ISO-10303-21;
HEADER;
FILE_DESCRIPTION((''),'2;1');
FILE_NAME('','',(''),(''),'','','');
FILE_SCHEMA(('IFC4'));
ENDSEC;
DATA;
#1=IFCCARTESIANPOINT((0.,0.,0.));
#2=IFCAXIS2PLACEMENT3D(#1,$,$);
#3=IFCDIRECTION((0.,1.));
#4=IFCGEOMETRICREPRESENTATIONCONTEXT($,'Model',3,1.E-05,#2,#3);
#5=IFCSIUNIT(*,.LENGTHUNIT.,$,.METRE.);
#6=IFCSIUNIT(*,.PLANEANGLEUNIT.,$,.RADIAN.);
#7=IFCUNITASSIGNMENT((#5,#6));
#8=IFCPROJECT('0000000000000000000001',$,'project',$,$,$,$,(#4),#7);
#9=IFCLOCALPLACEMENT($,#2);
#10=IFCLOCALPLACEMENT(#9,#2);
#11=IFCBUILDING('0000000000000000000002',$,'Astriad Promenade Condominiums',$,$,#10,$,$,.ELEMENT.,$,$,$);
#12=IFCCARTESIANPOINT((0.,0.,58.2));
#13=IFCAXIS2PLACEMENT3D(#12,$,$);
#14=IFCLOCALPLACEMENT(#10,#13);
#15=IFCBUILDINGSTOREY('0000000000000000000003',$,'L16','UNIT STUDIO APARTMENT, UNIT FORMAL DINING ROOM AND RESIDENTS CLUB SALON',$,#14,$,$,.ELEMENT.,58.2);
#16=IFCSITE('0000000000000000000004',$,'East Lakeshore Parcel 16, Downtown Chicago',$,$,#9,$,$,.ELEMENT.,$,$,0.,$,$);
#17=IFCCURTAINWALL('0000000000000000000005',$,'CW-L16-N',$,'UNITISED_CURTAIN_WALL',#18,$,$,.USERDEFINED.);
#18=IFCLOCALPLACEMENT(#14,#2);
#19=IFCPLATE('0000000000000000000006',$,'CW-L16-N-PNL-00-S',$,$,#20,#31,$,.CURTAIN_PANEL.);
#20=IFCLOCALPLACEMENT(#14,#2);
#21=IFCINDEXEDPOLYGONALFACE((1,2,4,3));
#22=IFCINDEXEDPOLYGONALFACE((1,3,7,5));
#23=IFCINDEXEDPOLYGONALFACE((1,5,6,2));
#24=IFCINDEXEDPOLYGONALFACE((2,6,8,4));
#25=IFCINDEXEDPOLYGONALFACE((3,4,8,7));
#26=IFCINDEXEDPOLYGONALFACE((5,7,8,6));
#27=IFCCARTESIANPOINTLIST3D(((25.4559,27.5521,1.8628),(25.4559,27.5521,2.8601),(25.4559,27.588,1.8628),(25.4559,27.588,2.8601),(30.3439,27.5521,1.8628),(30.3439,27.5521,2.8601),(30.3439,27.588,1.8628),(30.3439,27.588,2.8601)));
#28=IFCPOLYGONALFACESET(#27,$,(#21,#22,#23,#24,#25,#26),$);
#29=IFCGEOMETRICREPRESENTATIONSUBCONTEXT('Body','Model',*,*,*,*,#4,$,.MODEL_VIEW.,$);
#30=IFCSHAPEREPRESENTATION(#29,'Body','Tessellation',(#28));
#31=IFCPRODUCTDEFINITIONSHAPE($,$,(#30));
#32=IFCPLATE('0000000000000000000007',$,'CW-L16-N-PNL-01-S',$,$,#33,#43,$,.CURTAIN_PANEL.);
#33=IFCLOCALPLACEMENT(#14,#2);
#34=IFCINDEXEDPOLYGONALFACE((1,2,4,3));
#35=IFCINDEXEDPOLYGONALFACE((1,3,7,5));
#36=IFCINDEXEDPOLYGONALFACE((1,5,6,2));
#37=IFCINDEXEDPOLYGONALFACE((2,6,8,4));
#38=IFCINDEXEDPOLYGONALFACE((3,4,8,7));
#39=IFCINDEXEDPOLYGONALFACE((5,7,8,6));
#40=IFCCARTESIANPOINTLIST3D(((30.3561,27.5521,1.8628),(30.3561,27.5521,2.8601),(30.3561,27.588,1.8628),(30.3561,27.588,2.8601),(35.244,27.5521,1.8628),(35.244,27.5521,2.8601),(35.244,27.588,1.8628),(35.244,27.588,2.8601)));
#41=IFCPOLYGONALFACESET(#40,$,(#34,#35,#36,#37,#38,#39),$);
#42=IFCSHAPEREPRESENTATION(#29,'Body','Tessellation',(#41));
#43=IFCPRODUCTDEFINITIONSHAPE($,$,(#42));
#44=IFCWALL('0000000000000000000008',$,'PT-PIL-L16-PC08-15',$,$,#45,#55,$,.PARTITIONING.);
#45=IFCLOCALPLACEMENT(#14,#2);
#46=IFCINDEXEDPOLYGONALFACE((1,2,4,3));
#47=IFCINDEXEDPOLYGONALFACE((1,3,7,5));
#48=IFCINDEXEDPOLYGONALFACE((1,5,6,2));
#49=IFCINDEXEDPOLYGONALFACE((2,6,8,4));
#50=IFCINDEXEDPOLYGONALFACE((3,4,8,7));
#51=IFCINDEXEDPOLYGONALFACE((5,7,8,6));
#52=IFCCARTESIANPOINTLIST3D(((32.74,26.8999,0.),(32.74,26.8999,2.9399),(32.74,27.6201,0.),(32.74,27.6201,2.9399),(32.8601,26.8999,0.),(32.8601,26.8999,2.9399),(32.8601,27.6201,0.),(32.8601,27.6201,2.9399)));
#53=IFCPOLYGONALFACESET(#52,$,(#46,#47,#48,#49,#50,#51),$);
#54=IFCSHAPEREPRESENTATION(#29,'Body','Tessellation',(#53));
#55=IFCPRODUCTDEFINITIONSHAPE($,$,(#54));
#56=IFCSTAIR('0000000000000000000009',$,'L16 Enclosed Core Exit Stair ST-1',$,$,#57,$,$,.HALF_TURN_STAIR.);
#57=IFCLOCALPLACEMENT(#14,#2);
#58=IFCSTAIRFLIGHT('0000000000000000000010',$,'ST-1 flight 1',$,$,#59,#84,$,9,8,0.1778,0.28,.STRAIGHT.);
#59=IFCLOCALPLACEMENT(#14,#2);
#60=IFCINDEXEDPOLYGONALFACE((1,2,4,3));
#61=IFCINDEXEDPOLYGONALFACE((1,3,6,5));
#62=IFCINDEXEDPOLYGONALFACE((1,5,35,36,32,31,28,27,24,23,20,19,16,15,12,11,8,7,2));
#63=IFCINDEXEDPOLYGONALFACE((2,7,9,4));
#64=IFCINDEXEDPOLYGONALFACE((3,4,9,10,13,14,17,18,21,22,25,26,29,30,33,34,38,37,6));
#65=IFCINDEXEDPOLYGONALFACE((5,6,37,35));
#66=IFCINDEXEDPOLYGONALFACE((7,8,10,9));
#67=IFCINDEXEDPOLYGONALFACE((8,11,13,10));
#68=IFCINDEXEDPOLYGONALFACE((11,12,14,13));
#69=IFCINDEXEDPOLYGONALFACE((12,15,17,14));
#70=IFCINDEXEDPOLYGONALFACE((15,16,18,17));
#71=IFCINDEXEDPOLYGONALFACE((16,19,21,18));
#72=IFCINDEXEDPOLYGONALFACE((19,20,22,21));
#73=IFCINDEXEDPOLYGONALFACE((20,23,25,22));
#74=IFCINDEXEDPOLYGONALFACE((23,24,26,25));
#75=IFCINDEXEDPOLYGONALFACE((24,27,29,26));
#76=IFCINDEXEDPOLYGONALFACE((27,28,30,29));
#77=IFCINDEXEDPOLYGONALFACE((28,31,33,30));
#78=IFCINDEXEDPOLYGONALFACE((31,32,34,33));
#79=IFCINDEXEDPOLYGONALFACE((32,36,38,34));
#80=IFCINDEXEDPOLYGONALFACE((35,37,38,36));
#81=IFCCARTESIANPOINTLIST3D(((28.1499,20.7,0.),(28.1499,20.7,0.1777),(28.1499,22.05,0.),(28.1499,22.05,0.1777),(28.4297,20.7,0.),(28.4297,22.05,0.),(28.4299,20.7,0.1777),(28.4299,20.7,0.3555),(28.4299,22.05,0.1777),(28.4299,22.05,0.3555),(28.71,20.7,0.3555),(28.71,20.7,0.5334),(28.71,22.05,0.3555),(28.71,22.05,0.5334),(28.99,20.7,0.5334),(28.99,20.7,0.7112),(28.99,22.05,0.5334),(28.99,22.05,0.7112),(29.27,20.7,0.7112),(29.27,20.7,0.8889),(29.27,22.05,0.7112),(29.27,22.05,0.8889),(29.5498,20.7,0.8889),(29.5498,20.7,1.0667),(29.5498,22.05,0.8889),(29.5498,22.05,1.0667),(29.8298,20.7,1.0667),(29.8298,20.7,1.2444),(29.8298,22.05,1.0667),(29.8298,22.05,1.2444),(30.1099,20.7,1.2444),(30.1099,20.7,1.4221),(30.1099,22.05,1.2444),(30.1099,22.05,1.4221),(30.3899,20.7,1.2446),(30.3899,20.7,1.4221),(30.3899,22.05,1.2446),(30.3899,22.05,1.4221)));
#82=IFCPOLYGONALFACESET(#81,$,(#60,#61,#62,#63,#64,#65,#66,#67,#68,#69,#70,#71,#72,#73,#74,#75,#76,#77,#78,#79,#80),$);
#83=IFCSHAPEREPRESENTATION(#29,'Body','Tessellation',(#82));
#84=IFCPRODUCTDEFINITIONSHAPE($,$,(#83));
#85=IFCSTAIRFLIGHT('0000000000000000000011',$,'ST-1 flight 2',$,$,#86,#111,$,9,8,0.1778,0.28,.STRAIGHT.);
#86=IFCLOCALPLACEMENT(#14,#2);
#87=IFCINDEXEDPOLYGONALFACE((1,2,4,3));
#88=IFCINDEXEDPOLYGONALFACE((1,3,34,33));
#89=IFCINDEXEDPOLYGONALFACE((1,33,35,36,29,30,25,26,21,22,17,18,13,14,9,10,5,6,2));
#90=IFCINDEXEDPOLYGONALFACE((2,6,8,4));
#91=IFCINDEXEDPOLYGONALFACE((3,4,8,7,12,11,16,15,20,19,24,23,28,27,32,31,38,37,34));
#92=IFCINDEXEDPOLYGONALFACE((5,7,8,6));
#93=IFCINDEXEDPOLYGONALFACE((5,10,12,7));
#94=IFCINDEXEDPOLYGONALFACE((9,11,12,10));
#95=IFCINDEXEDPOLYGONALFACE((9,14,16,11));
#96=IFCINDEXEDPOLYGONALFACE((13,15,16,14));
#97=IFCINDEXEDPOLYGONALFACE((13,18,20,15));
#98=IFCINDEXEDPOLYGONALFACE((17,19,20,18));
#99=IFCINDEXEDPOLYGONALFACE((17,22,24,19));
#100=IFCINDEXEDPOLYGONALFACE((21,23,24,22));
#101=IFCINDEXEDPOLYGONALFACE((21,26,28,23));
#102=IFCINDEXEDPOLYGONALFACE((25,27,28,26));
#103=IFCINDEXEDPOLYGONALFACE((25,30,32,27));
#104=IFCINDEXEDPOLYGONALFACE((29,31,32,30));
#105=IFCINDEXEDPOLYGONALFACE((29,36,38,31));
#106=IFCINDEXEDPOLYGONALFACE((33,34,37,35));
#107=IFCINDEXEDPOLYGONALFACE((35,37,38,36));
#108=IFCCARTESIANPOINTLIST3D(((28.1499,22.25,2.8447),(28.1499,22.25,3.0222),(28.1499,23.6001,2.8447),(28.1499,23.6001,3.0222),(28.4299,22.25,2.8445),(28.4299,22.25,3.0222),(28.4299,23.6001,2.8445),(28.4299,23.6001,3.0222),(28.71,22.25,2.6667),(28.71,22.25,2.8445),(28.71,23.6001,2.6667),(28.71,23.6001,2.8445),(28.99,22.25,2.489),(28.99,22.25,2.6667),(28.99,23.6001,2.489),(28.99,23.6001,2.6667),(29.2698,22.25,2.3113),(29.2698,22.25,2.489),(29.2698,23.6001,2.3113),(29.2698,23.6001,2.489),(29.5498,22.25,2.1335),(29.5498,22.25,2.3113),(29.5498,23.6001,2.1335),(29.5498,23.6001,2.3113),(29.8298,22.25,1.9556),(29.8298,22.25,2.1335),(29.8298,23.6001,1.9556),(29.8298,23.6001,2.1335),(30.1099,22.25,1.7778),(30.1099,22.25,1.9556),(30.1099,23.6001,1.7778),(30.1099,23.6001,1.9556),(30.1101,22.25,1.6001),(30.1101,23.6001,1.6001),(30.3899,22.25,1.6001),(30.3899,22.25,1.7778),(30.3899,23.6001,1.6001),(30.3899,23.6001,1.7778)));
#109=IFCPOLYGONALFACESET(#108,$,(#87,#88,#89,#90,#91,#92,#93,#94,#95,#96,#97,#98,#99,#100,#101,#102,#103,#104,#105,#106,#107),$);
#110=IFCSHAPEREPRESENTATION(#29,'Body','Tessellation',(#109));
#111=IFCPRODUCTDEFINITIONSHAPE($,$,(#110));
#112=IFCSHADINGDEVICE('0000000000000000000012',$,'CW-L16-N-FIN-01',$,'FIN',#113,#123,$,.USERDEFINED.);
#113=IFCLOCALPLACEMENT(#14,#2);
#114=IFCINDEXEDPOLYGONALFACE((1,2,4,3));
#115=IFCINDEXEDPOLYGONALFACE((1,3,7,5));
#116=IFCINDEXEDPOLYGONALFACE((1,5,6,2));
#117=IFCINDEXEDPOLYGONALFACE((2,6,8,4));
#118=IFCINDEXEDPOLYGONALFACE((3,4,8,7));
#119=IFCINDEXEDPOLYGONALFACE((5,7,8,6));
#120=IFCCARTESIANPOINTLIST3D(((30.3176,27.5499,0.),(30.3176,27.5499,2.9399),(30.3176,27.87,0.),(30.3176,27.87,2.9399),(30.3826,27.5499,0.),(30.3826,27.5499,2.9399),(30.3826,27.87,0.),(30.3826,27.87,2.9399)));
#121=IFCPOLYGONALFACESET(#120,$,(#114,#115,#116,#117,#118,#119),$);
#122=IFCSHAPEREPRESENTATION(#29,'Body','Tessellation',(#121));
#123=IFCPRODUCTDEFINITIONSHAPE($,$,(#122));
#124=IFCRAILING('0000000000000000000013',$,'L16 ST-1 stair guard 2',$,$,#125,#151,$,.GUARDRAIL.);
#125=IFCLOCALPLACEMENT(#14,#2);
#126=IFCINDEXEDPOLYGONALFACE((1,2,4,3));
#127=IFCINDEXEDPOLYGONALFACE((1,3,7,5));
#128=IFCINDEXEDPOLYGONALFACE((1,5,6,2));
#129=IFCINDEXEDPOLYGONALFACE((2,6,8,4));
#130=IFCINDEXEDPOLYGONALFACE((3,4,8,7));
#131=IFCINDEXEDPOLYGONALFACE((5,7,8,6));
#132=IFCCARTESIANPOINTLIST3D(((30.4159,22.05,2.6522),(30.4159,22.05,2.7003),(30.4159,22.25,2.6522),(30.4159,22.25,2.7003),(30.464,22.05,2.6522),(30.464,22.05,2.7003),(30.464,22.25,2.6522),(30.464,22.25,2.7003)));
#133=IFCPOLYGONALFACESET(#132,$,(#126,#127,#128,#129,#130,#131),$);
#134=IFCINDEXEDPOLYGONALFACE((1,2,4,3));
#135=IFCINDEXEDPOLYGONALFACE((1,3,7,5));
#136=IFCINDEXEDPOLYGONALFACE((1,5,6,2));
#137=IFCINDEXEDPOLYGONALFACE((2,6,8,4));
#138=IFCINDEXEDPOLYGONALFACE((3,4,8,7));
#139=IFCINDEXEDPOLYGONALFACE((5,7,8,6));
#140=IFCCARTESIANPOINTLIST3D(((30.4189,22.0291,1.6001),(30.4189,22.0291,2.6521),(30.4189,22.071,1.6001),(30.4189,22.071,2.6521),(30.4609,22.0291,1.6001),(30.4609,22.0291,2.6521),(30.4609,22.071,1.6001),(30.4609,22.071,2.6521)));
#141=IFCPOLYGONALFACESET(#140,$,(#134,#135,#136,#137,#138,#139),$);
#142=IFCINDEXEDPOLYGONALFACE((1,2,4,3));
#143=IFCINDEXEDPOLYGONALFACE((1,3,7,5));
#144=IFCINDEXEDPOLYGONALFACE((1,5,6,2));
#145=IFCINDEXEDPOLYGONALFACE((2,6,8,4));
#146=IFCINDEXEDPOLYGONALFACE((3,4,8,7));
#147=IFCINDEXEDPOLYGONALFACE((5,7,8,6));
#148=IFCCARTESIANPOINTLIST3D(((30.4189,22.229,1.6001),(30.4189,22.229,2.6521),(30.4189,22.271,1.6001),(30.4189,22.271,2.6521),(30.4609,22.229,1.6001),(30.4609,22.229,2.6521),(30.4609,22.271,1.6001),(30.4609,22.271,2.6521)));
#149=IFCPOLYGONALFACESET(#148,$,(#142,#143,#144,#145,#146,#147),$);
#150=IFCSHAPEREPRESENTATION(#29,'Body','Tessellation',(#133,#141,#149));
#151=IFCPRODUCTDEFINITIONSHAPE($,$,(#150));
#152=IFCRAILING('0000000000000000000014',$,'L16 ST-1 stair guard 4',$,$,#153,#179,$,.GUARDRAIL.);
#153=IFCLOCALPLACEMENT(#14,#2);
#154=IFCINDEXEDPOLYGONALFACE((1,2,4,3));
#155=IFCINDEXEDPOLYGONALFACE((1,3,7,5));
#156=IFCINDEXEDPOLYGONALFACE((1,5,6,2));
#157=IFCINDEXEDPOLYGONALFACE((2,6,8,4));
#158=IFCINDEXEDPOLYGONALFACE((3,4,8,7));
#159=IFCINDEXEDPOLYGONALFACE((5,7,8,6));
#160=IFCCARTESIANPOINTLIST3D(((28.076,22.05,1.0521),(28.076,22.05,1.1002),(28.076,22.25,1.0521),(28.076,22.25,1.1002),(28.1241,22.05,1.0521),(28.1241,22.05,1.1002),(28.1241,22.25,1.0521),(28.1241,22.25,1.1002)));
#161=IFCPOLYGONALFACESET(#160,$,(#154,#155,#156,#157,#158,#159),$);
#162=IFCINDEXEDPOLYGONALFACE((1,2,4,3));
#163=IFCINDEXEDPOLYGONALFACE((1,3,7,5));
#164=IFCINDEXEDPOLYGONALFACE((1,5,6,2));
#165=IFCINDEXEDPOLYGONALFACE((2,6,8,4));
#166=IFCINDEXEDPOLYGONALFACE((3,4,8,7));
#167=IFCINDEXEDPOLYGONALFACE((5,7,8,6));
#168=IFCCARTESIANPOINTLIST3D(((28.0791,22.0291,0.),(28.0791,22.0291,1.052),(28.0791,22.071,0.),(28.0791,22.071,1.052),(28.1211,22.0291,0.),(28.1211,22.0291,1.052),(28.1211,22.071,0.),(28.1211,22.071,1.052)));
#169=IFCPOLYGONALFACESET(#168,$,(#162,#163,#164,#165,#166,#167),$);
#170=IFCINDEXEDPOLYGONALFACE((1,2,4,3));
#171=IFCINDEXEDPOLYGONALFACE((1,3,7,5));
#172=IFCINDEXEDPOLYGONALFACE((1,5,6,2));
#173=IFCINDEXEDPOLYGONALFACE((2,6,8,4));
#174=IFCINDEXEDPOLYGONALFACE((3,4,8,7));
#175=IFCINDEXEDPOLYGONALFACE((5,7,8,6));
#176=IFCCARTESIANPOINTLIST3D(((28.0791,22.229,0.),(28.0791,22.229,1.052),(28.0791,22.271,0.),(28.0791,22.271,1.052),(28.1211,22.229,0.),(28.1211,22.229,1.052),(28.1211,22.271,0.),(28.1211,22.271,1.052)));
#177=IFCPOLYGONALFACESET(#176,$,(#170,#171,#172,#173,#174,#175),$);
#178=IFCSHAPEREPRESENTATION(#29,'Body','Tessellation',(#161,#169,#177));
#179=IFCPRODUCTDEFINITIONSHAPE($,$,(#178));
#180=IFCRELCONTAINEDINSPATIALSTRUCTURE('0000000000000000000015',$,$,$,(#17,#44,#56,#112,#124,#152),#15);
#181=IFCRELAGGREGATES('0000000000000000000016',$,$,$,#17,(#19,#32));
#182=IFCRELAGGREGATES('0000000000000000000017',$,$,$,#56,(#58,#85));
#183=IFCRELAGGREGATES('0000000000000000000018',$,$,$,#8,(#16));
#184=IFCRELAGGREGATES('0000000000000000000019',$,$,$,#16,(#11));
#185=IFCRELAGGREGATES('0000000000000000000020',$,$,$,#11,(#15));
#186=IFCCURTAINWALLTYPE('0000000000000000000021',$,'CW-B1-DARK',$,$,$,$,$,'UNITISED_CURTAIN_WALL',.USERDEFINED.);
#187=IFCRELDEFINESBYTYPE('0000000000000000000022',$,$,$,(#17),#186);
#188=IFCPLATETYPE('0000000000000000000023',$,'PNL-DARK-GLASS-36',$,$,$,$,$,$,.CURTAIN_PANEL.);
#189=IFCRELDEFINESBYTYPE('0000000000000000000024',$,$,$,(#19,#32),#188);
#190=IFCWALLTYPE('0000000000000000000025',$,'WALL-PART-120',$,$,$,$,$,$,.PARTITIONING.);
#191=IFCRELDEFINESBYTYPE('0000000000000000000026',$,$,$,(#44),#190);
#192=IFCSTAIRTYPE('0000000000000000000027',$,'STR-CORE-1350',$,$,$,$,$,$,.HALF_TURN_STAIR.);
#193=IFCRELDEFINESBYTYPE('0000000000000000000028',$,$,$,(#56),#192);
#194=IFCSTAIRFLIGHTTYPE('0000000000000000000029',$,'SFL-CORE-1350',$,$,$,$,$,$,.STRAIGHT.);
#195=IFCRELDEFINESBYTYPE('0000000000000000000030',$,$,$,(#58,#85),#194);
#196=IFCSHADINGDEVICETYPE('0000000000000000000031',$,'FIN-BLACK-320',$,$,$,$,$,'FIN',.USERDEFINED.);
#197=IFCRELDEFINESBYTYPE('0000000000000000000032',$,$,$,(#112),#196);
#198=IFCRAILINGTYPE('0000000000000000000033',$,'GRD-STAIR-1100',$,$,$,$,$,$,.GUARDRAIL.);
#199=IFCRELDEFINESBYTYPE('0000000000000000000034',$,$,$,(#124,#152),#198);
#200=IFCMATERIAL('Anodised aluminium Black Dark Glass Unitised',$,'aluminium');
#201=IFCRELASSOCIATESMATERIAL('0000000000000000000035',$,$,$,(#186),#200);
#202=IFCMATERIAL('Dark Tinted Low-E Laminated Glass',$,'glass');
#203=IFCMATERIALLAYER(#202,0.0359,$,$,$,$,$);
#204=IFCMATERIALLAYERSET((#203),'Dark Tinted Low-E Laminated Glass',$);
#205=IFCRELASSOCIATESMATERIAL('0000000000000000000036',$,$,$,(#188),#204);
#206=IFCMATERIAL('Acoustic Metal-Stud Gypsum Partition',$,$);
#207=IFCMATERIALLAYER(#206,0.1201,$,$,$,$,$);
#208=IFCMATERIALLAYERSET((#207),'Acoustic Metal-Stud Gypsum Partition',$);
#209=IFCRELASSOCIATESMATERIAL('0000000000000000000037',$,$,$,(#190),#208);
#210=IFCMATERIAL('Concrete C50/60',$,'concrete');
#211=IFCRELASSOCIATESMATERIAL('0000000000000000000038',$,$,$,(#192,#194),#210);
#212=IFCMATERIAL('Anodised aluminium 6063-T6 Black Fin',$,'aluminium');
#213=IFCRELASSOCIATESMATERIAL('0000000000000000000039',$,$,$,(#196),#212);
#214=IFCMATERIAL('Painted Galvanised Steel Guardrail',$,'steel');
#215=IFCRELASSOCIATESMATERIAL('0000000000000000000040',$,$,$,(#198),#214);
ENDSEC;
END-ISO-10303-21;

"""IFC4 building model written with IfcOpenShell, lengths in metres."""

from ifc_helpers import new_model, si_unit, direction, frame, frame_2d, origin, origin_2d, place, context, subcontext, project, spatial, polyline, rectangle, outline, extrude, source, transform, mapped, material, layer, layer_set, type_object, type_shapes, element, aggregate, save


model = new_model("IFC4")

# Units and contexts
model_context = context("Model", 3, precision=1e-05, world=origin(), true_north=direction((0.0, 1.0)))
body_context = subcontext(model_context, "Body", "Model", "MODEL_VIEW")
ifc_project = project(units=[si_unit("LENGTHUNIT", "METRE"), si_unit("PLANEANGLEUNIT", "RADIAN")], contexts=[model_context])

# Site, building, storey
site_placement = place(None, origin())
site = spatial("IfcSite", under=ifc_project, at=site_placement, Name="East Lakeshore Parcel 16, Downtown Chicago", CompositionType="ELEMENT", RefElevation=0.0)
building_placement = place(site_placement, origin())
building = spatial("IfcBuilding", under=site, at=building_placement, Name="Astriad Promenade Condominiums", CompositionType="ELEMENT")
storey_placement = place(building_placement, frame((0.0, 0.0, 58.2)))
storey = spatial("IfcBuildingStorey", under=building, at=storey_placement, Name="L16", Description="UNIT STUDIO APARTMENT, UNIT FORMAL DINING ROOM AND RESIDENTS CLUB SALON", CompositionType="ELEMENT", Elevation=58.2)

# Curtain wall, plates
ifc_material_1 = material(Name="Anodised aluminium Black Dark Glass Unitised", Category="aluminium")
curtain_wall_type = type_object("IfcCurtainWallType", Name="CW-B1-DARK", ElementType="UNITISED_CURTAIN_WALL", PredefinedType="USERDEFINED", material=ifc_material_1)
curtain_wall_placement = place(storey_placement, origin())
curtain_wall = element("IfcCurtainWall", 1, at=curtain_wall_placement, inside=storey, type_object=curtain_wall_type, Name="CW-L16-N", ObjectType="UNITISED_CURTAIN_WALL", PredefinedType="USERDEFINED")
ifc_material_2 = material(Name="Dark Tinted Low-E Laminated Glass", Category="glass")
ifc_layer_1 = layer(ifc_material_2, 0.0359)
ifc_layer_set_1 = layer_set([ifc_layer_1], Name="Dark Tinted Low-E Laminated Glass")
plate_type = type_object("IfcPlateType", Name="PNL-DARK-GLASS-36", PredefinedType="CURTAIN_PANEL", material=ifc_layer_set_1)
shared_shape_1 = source(origin(), body_context, "Body", "SweptSolid", [
    extrude(rectangle(XDim=4.8879, YDim=0.0359, at=origin_2d()), origin(), (0.0, 0.0, 1.0), 0.9973),
])
plate_1_placement = place(storey_placement, frame((27.8999, 27.5701, 1.8628), z_axis=(0.0, 0.0, 1.0), x_axis=(1.0, 0.0, 0.0)))
plate_1 = element("IfcPlate", 2, at=plate_1_placement, type_object=plate_type, Name="CW-L16-N-PNL-00-S", PredefinedType="CURTAIN_PANEL", context=body_context, shape_type="MappedRepresentation", body=[
    mapped(shared_shape_1, transform((0.0, 0.0, 0.0), scale=1.0)),
])
plate_2_placement = place(storey_placement, frame((32.8, 27.5701, 1.8628), z_axis=(0.0, 0.0, 1.0), x_axis=(1.0, 0.0, 0.0)))
plate_2 = element("IfcPlate", 3, at=plate_2_placement, type_object=plate_type, Name="CW-L16-N-PNL-01-S", PredefinedType="CURTAIN_PANEL", context=body_context, shape_type="MappedRepresentation", body=[
    mapped(shared_shape_1, transform((0.0, 0.0, 0.0), scale=1.0)),
])
aggregate(curtain_wall, [plate_1, plate_2])

# Wall
ifc_material_3 = material(Name="Acoustic Metal-Stud Gypsum Partition")
ifc_layer_2 = layer(ifc_material_3, 0.1201)
ifc_layer_set_2 = layer_set([ifc_layer_2], Name="Acoustic Metal-Stud Gypsum Partition")
wall_type = type_object("IfcWallType", Name="WALL-PART-120", PredefinedType="PARTITIONING", material=ifc_layer_set_2)
wall_placement = place(storey_placement, frame((32.8, 26.8999, 0.0), z_axis=(0.0, 0.0, 1.0), x_axis=(0.0, 1.0, 0.0)))
element("IfcWall", 4, at=wall_placement, inside=storey, type_object=wall_type, Name="PT-PIL-L16-PC08-15", PredefinedType="PARTITIONING", context=body_context, shape_type="SweptSolid", body=[
    extrude(rectangle(XDim=0.7202, YDim=0.1201, at=frame_2d((0.3601, 0.0))), origin(), (0.0, 0.0, 1.0), 2.9399),
])

# Stair, stair flights
ifc_material_4 = material(Name="Concrete C50/60", Category="concrete")
stair_type = type_object("IfcStairType", Name="STR-CORE-1350", PredefinedType="HALF_TURN_STAIR", material=ifc_material_4)
stair_placement = place(storey_placement, origin())
stair = element("IfcStair", 5, at=stair_placement, inside=storey, type_object=stair_type, Name="L16 Enclosed Core Exit Stair ST-1", PredefinedType="HALF_TURN_STAIR")
stair_flight_type = type_object("IfcStairFlightType", Name="SFL-CORE-1350", PredefinedType="STRAIGHT", material=ifc_material_4)
shared_shape_2 = source(origin(), body_context, "Body", "SweptSolid", [
    extrude(outline(polyline([(0.0, 0.0), (0.0, 0.1777), (0.28, 0.1777), (0.28, 0.3555), (0.5601, 0.3555), (0.5601, 0.5334), (0.8401, 0.5334), (0.8401, 0.7112), (1.1201, 0.7112), (1.1201, 0.8889), (1.3999, 0.8889), (1.3999, 1.0667), (1.6799, 1.0667), (1.6799, 1.2444), (1.96, 1.2444), (1.96, 1.4221), (2.24, 1.4221), (2.24, 1.6001), (2.24, 1.2446), (0.2798, 0.0), (0.0, 0.0)])), frame((0.0, 0.675, 0.0), z_axis=(0.0, -1.0, 0.0), x_axis=(1.0, 0.0, 0.0)), (0.0, 0.0, 1.0), 1.3501),
])
type_shapes(stair_flight_type, [shared_shape_2])
stair_flight_1_placement = place(storey_placement, frame((28.1499, 21.375, 0.0), z_axis=(0.0, 0.0, 1.0), x_axis=(1.0, 0.0, 0.0)))
stair_flight_1 = element("IfcStairFlight", 6, at=stair_flight_1_placement, type_object=stair_flight_type, Name="ST-1 flight 1", NumberOfRisers=9, NumberOfTreads=8, PredefinedType="STRAIGHT", RiserHeight=0.1778, TreadLength=0.28, context=body_context, shape_type="MappedRepresentation", body=[
    mapped(shared_shape_2, transform((0.0, 0.0, 0.0), scale=1.0)),
])
stair_flight_2_placement = place(storey_placement, frame((30.3899, 22.925, 1.6001), z_axis=(0.0, 0.0, 1.0), x_axis=(-1.0, 0.0, 0.0)))
stair_flight_2 = element("IfcStairFlight", 7, at=stair_flight_2_placement, type_object=stair_flight_type, Name="ST-1 flight 2", NumberOfRisers=9, NumberOfTreads=8, PredefinedType="STRAIGHT", RiserHeight=0.1778, TreadLength=0.28, context=body_context, shape_type="MappedRepresentation", body=[
    mapped(shared_shape_2, transform((0.0, 0.0, 0.0), scale=1.0)),
])
aggregate(stair, [stair_flight_1, stair_flight_2])

# Shading device
ifc_material_5 = material(Name="Anodised aluminium 6063-T6 Black Fin", Category="aluminium")
shading_device_type = type_object("IfcShadingDeviceType", Name="FIN-BLACK-320", ElementType="FIN", PredefinedType="USERDEFINED", material=ifc_material_5)
shared_shape_3 = source(origin(), body_context, "Body", "SweptSolid", [
    extrude(rectangle(XDim=0.0649, YDim=0.3201, at=origin_2d()), origin(), (0.0, 0.0, 1.0), 2.9399),
])
type_shapes(shading_device_type, [shared_shape_3])
shading_device_placement = place(storey_placement, frame((30.3501, 27.71, 0.0), z_axis=(0.0, 0.0, 1.0), x_axis=(1.0, 0.0, 0.0)))
element("IfcShadingDevice", 8, at=shading_device_placement, inside=storey, type_object=shading_device_type, Name="CW-L16-N-FIN-01", ObjectType="FIN", PredefinedType="USERDEFINED", context=body_context, shape_type="MappedRepresentation", body=[
    mapped(shared_shape_3, transform((0.0, 0.0, 0.0), scale=1.0)),
])

# Railings
ifc_material_6 = material(Name="Painted Galvanised Steel Guardrail", Category="steel")
railing_type_1 = type_object("IfcRailingType", Name="GRD-STAIR-1100", PredefinedType="GUARDRAIL", material=ifc_material_6)
shared_shape_4 = source(origin(), body_context, "Body", "SweptSolid", [
    extrude(rectangle(XDim=0.0481, YDim=0.0481, at=origin_2d()), frame((0.0, 0.0, 1.0762), z_axis=(0.0, 1.0, 0.0), x_axis=(-1.0, 0.0, 0.0)), (0.0, 0.0, 1.0), 0.2),
    extrude(rectangle(XDim=0.042, YDim=0.042, at=origin_2d()), origin(), (0.0, 0.0, 1.0), 1.052),
    extrude(rectangle(XDim=0.042, YDim=0.042, at=origin_2d()), frame((0.0, 0.2, 0.0)), (0.0, 0.0, 1.0), 1.052),
])
for number, where, name in (
    (9, (30.4399, 22.05, 1.6001), "L16 ST-1 stair guard 2"),
    (10, (28.1001, 22.05, 0.0), "L16 ST-1 stair guard 4"),
):
    element("IfcRailing", number, at=place(storey_placement, frame(where)), inside=storey, type_object=railing_type_1, Name=name, PredefinedType="GUARDRAIL", context=body_context, shape_type="MappedRepresentation", body=[
        mapped(shared_shape_4, transform((0.0, 0.0, 0.0), scale=1.0)),
    ])

save(model, "model.ifc")
